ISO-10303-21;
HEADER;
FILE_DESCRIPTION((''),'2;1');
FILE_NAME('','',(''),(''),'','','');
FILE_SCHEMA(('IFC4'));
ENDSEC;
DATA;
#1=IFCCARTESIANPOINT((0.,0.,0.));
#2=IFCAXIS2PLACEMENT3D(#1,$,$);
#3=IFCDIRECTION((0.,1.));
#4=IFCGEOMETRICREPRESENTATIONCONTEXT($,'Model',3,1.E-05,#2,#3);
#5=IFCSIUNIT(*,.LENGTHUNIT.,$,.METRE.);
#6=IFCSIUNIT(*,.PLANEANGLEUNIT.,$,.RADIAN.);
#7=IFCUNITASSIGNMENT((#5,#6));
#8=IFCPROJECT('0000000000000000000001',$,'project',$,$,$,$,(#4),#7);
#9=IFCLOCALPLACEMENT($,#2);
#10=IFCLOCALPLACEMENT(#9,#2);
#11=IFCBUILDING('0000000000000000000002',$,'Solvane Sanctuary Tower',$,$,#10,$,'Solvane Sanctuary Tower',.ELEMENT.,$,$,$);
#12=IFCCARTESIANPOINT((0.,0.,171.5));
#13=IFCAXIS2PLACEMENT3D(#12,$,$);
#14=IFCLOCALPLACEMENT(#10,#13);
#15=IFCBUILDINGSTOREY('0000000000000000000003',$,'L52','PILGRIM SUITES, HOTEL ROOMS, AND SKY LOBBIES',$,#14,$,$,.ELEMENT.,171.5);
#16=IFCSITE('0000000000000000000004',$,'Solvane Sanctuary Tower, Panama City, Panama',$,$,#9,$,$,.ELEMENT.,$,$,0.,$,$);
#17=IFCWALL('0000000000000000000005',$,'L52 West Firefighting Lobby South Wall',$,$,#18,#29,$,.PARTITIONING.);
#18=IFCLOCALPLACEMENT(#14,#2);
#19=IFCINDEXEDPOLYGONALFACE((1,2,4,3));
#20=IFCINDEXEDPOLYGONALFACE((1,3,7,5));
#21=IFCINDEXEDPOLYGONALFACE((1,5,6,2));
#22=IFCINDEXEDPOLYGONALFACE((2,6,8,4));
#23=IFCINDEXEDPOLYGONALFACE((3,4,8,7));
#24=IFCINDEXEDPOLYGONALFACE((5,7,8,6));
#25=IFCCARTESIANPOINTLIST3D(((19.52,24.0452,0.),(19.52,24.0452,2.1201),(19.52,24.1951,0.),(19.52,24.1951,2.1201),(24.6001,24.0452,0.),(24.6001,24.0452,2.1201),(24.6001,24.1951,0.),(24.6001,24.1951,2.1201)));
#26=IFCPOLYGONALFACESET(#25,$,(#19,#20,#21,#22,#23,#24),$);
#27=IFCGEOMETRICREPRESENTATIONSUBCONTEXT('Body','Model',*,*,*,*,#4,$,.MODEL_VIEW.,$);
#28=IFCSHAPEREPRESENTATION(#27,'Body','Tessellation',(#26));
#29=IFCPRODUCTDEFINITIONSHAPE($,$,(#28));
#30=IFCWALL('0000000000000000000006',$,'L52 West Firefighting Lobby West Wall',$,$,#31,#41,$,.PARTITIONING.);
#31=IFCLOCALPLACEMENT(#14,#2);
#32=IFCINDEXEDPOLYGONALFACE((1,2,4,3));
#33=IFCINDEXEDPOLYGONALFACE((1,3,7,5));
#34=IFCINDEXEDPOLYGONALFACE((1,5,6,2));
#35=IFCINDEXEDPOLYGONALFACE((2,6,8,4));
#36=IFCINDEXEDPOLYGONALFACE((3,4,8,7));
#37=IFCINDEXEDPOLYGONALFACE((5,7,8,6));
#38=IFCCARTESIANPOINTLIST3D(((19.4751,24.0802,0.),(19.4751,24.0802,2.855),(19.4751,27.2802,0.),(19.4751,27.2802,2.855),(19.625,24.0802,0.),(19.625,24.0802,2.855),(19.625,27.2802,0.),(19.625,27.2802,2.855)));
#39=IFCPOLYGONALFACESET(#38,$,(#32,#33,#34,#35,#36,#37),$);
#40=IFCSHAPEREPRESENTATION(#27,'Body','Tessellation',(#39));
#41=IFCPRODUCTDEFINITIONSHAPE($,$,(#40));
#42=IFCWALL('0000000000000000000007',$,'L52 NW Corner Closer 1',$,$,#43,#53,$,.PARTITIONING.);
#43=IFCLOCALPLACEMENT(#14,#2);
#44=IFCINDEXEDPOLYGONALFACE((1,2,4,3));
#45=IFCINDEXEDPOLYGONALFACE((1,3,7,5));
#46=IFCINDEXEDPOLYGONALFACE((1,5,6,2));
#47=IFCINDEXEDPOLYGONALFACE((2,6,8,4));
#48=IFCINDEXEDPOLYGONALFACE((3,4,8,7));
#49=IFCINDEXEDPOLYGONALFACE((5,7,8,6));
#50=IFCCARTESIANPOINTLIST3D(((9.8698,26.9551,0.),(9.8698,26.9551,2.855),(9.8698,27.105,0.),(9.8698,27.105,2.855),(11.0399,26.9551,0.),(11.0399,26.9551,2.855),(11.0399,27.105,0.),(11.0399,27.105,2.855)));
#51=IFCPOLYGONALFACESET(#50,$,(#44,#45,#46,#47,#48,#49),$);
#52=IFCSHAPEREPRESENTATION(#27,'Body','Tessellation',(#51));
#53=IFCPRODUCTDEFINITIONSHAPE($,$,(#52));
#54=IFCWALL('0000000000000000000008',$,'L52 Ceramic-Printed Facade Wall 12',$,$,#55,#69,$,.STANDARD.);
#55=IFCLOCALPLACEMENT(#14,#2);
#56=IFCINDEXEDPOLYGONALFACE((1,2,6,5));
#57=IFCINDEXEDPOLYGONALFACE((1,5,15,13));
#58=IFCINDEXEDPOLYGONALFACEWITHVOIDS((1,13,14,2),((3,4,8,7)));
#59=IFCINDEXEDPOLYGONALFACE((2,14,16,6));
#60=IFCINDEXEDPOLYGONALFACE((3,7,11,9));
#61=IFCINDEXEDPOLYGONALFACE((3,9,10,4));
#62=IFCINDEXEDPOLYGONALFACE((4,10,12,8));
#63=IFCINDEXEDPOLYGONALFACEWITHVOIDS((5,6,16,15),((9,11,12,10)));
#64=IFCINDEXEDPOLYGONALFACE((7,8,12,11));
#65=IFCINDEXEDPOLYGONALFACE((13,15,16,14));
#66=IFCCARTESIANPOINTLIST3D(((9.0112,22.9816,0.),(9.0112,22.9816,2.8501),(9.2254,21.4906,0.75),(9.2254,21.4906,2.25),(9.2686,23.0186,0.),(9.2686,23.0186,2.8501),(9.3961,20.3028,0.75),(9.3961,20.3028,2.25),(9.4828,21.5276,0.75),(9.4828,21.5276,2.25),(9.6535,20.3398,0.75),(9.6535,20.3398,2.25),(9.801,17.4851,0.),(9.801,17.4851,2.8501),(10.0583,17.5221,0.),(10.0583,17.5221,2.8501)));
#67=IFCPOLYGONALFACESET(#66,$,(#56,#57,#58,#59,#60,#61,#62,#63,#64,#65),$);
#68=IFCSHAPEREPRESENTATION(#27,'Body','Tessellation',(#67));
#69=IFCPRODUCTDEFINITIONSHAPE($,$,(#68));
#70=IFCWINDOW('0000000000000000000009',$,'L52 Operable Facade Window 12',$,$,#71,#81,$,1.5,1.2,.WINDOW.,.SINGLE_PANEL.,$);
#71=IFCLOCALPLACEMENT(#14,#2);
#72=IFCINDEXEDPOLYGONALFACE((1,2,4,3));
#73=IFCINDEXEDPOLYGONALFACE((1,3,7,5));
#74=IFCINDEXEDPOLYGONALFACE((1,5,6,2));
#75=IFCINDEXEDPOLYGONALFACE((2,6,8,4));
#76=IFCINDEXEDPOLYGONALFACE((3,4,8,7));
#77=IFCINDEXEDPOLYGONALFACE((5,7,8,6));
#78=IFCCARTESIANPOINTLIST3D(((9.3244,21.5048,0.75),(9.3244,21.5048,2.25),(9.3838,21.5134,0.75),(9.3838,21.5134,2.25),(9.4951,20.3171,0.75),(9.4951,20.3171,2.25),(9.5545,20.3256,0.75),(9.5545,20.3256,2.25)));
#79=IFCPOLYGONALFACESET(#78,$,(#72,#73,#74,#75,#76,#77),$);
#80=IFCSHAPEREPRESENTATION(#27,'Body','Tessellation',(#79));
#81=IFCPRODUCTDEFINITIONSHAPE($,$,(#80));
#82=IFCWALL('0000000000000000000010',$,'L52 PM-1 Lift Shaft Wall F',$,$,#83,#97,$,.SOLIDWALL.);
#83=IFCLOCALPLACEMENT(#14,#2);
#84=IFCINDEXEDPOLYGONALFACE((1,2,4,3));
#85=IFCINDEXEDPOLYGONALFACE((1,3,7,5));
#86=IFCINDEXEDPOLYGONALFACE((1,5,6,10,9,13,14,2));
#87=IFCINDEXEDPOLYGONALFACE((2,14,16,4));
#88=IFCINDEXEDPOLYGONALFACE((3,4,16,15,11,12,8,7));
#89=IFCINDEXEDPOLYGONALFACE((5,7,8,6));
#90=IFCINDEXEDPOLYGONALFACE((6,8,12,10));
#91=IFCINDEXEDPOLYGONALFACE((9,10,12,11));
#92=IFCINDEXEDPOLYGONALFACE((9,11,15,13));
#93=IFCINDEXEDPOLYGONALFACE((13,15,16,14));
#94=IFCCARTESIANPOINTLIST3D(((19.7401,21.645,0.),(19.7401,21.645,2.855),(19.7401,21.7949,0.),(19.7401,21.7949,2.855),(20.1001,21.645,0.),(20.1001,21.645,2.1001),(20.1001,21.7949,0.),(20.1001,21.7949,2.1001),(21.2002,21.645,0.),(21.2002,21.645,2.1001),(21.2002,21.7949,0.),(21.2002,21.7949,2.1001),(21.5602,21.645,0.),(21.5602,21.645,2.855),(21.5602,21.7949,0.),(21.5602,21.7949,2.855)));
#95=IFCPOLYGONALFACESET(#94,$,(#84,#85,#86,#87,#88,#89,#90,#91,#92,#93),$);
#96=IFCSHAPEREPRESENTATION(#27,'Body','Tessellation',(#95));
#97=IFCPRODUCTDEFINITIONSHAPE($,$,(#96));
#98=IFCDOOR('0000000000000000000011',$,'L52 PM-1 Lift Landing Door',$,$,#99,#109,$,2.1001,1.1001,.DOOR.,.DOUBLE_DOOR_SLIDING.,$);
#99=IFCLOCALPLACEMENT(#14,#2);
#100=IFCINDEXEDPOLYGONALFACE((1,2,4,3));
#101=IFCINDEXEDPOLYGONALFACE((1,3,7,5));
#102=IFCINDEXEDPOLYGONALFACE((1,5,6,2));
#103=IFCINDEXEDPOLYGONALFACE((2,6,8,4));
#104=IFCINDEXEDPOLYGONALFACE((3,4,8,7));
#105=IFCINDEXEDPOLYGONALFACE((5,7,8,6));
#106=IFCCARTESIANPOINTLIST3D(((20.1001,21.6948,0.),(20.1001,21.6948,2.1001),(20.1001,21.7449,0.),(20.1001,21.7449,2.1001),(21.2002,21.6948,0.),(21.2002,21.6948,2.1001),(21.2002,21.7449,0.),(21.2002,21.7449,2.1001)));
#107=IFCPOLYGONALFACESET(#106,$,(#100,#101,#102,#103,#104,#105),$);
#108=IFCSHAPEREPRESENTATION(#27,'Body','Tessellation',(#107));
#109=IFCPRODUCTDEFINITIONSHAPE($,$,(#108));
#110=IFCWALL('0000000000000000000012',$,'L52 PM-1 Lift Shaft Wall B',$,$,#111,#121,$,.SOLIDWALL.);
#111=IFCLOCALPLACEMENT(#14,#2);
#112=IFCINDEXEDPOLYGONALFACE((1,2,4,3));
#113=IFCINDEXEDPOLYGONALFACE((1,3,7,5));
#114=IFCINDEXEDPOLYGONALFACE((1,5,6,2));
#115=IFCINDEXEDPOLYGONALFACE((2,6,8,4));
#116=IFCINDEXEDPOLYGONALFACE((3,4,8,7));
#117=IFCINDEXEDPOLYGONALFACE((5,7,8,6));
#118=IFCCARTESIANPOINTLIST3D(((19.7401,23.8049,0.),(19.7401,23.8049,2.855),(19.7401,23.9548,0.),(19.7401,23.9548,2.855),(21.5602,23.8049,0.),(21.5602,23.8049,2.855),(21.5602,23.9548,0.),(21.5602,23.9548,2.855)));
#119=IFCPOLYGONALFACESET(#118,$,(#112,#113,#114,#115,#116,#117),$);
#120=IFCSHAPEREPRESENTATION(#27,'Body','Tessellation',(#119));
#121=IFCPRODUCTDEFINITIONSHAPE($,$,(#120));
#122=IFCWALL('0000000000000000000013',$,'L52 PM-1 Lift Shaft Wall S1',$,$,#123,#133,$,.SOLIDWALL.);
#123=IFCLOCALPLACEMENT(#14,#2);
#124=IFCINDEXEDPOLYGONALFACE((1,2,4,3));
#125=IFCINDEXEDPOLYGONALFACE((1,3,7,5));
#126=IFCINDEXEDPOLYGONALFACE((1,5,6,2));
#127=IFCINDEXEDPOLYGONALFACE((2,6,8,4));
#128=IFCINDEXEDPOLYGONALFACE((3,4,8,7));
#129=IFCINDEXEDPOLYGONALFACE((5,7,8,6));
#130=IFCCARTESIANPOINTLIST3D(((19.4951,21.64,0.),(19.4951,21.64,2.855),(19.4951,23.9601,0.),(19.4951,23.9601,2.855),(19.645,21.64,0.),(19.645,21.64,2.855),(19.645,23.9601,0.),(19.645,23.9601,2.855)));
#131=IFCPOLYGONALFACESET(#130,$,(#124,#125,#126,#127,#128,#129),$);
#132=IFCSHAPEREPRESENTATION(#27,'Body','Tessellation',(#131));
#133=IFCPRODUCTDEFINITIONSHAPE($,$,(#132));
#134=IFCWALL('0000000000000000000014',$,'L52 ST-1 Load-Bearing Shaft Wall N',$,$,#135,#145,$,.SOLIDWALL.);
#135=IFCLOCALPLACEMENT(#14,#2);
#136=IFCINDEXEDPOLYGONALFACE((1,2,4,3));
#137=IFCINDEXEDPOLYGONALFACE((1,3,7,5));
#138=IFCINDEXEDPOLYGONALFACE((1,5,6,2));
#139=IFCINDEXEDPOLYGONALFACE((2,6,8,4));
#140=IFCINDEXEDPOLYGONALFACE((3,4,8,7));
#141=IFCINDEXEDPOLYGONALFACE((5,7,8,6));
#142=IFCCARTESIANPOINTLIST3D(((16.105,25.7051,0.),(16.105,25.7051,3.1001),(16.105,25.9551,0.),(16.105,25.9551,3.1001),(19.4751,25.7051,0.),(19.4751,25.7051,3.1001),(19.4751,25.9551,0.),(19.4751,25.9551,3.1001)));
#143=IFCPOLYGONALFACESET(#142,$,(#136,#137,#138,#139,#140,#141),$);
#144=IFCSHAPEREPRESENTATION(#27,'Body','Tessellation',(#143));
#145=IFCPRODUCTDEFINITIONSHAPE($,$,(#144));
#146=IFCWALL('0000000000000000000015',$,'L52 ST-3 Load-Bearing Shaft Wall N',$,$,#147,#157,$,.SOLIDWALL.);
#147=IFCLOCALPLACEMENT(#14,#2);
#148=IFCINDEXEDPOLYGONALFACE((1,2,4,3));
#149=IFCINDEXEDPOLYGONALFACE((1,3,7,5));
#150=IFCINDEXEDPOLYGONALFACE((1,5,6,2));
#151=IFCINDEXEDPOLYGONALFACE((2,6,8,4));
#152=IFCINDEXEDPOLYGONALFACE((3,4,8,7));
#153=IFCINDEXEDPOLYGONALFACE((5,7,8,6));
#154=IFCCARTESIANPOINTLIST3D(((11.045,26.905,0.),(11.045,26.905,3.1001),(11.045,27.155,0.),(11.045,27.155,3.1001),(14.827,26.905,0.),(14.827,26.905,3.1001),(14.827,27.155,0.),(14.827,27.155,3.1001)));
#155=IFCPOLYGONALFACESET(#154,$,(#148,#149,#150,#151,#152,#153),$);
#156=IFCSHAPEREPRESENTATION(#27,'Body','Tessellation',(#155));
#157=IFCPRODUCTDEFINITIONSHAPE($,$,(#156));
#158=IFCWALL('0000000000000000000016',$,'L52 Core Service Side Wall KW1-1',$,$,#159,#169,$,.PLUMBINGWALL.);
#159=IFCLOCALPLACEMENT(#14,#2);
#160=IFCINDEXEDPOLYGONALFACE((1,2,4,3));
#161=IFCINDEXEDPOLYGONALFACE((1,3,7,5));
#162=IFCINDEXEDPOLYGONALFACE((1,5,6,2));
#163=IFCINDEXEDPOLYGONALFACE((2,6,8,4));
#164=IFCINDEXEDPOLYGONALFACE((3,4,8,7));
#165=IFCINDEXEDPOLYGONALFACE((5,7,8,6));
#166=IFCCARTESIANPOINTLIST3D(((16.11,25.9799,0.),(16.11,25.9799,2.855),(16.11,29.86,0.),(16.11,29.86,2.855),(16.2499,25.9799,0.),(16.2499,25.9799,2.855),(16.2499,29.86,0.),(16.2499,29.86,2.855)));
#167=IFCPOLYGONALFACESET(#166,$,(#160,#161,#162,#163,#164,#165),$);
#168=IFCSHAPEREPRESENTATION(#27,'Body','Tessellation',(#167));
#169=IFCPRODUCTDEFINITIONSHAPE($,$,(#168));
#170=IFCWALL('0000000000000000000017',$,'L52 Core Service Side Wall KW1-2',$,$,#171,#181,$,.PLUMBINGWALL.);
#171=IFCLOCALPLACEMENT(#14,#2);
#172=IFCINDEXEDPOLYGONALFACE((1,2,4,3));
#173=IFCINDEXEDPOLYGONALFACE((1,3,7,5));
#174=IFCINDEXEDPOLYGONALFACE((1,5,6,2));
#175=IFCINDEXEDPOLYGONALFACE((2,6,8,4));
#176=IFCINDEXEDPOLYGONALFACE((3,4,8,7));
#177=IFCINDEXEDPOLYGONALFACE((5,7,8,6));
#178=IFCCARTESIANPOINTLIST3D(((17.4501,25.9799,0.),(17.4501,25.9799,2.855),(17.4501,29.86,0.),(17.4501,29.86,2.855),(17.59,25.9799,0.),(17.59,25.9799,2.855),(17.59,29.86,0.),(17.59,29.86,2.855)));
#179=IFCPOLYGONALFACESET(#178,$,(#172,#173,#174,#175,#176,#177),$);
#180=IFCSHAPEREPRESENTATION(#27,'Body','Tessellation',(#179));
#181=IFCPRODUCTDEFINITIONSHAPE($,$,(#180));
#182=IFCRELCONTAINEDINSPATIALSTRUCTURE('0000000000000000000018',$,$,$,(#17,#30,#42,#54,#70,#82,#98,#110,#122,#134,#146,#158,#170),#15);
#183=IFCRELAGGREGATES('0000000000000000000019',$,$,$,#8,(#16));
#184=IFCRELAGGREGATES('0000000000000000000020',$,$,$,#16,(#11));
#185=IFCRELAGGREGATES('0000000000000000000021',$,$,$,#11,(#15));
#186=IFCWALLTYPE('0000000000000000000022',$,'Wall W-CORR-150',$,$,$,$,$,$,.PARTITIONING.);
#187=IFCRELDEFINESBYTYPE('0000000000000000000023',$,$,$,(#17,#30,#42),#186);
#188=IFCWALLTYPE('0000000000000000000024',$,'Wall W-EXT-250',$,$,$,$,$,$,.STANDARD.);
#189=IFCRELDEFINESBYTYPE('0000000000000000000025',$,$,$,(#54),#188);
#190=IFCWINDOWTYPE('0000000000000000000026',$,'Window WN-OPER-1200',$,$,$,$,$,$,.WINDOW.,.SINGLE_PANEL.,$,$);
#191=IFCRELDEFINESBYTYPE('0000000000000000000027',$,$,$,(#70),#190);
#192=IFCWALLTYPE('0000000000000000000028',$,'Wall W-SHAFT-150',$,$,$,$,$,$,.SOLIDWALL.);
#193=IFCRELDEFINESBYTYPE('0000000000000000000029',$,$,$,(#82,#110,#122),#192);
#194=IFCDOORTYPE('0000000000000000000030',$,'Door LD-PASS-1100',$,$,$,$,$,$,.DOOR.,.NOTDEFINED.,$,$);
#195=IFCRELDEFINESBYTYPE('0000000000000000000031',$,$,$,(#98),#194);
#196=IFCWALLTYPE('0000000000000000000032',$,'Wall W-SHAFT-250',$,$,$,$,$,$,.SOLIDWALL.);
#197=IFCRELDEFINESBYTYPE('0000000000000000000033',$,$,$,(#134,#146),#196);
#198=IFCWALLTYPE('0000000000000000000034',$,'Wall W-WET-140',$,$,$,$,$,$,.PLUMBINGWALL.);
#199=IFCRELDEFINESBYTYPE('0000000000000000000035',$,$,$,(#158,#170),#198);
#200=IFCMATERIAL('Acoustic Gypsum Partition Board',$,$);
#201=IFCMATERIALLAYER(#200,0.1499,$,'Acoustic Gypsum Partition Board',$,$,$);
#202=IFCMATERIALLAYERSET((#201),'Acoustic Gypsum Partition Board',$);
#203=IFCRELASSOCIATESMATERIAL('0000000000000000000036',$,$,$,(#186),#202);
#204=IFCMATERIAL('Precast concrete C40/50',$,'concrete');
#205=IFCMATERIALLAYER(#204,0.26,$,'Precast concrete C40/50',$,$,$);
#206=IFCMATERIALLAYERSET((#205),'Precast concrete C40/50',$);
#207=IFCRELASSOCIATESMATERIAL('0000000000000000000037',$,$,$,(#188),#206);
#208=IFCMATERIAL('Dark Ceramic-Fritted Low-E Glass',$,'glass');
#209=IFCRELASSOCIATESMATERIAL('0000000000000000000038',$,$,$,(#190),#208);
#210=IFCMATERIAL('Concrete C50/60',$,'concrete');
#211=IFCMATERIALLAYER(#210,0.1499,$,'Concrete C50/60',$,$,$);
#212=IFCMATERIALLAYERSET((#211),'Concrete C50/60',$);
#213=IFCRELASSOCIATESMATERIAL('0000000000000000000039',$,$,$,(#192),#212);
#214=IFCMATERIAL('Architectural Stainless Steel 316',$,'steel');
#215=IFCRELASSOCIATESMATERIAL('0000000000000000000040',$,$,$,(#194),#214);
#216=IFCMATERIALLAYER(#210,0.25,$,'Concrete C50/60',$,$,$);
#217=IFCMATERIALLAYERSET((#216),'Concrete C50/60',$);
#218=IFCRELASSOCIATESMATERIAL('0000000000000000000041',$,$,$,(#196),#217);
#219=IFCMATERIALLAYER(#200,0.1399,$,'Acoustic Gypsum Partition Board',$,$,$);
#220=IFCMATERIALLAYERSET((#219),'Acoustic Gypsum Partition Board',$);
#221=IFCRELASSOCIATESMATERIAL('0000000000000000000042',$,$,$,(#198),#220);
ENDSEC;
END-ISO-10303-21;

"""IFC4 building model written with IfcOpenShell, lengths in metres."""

from ifc_helpers import new_model, si_unit, direction, frame, frame_2d, origin, place, context, subcontext, project, spatial, rectangle, extrude, material, layer, layer_set, type_object, element, fill, save


model = new_model("IFC4")

# Units and contexts
model_context = context("Model", 3, precision=1e-05, world=origin(), true_north=direction((0.0, 1.0)))
body_context = subcontext(model_context, "Body", "Model", "MODEL_VIEW")
ifc_project = project(units=[si_unit("LENGTHUNIT", "METRE"), si_unit("PLANEANGLEUNIT", "RADIAN")], contexts=[model_context])

# Site, building, storey
site_placement = place(None, origin())
site = spatial("IfcSite", under=ifc_project, at=site_placement, Name="Solvane Sanctuary Tower, Panama City, Panama", CompositionType="ELEMENT", RefElevation=0.0)
building_placement = place(site_placement, origin())
building = spatial("IfcBuilding", under=site, at=building_placement, Name="Solvane Sanctuary Tower", LongName="Solvane Sanctuary Tower", CompositionType="ELEMENT")
storey_placement = place(building_placement, frame((0.0, 0.0, 171.5)))
storey = spatial("IfcBuildingStorey", under=building, at=storey_placement, Name="L52", Description="PILGRIM SUITES, HOTEL ROOMS, AND SKY LOBBIES", CompositionType="ELEMENT", Elevation=171.5)

# Walls
ifc_material_1 = material(Name="Acoustic Gypsum Partition Board")
ifc_layer_1 = layer(ifc_material_1, 0.1499, Name="Acoustic Gypsum Partition Board")
ifc_layer_set_1 = layer_set([ifc_layer_1], Name="Acoustic Gypsum Partition Board")
wall_type_1 = type_object("IfcWallType", Name="Wall W-CORR-150", PredefinedType="PARTITIONING", material=ifc_layer_set_1)
wall_1_placement = place(storey_placement, frame((19.52, 24.1201, 0.0), z_axis=(0.0, 0.0, 1.0), x_axis=(1.0, 0.0, 0.0)))
element("IfcWall", 1, at=wall_1_placement, inside=storey, type_object=wall_type_1, Name="L52 West Firefighting Lobby South Wall", PredefinedType="PARTITIONING", context=body_context, shape_type="SweptSolid", body=[
    extrude(rectangle(XDim=5.0801, YDim=0.1499, at=frame_2d((2.54, 0.0))), origin(), (0.0, 0.0, 1.0), 2.1201),
])
wall_2_placement = place(storey_placement, frame((19.55, 24.0801, 0.0), z_axis=(0.0, 0.0, 1.0), x_axis=(0.0, 1.0, 0.0)))
element("IfcWall", 2, at=wall_2_placement, inside=storey, type_object=wall_type_1, Name="L52 West Firefighting Lobby West Wall", PredefinedType="PARTITIONING", context=body_context, shape_type="SweptSolid", body=[
    extrude(rectangle(XDim=3.2, YDim=0.1499, at=frame_2d((1.6001, 0.0))), origin(), (0.0, 0.0, 1.0), 2.855),
])
wall_3_placement = place(storey_placement, frame((9.8699, 27.03, 0.0), z_axis=(0.0, 0.0, 1.0), x_axis=(1.0, 0.0, 0.0)))
element("IfcWall", 3, at=wall_3_placement, inside=storey, type_object=wall_type_1, Name="L52 NW Corner Closer 1", PredefinedType="PARTITIONING", context=body_context, shape_type="SweptSolid", body=[
    extrude(rectangle(XDim=1.1702, YDim=0.1499, at=frame_2d((0.585, 0.0))), origin(), (0.0, 0.0, 1.0), 2.855),
])

# Wall, opening, window
ifc_material_2 = material(Name="Precast concrete C40/50", Category="concrete")
ifc_layer_2 = layer(ifc_material_2, 0.26, Name="Precast concrete C40/50")
ifc_layer_set_2 = layer_set([ifc_layer_2], Name="Precast concrete C40/50")
wall_type_2 = type_object("IfcWallType", Name="Wall W-EXT-250", PredefinedType="STANDARD", material=ifc_layer_set_2)
wall_4_placement = place(storey_placement, frame((9.1399, 23.0, 0.0), z_axis=(0.0, 0.0, 1.0), x_axis=(0.142228, -0.989834, 0.0)))
wall_4 = element("IfcWall", 4, at=wall_4_placement, inside=storey, type_object=wall_type_2, Name="L52 Ceramic-Printed Facade Wall 12", PredefinedType="STANDARD", context=body_context, shape_type="SweptSolid", body=[
    extrude(rectangle(XDim=5.553, YDim=0.26, at=frame_2d((2.7764, 0.0))), origin(), (0.0, 0.0, 1.0), 2.8501),
])
opening_1_placement = place(wall_4_placement, frame((1.5061, 0.0, 0.75)))
opening_1 = element("IfcOpeningElement", 5, at=opening_1_placement, cuts=wall_4, PredefinedType="OPENING", context=body_context, shape_type="SweptSolid", body=[
    extrude(rectangle(XDim=1.2, YDim=1.5, at=frame_2d((0.6001, 0.75))), frame((0.0, 0.1399, 0.0), z_axis=(0.0, -1.0, 0.0), x_axis=(1.0, 0.0, 0.0)), (0.0, 0.0, 1.0), 0.28),
])
ifc_material_3 = material(Name="Dark Ceramic-Fritted Low-E Glass", Category="glass")
window_type = type_object("IfcWindowType", Name="Window WN-OPER-1200", PartitioningType="SINGLE_PANEL", PredefinedType="WINDOW", material=ifc_material_3)
window_placement = place(opening_1_placement, origin())
window = element("IfcWindow", 6, at=window_placement, inside=storey, type_object=window_type, Name="L52 Operable Facade Window 12", OverallHeight=1.5, OverallWidth=1.2, PartitioningType="SINGLE_PANEL", PredefinedType="WINDOW", context=body_context, shape_type="SweptSolid", body=[
    extrude(rectangle(XDim=1.2, YDim=1.5, at=frame_2d((0.6001, 0.75))), frame((0.0, 0.03, 0.0), z_axis=(0.0, -1.0, 0.0), x_axis=(1.0, 0.0, 0.0)), (0.0, 0.0, 1.0), 0.0601),
])
fill(opening_1, window)

# Wall, opening, door
ifc_material_4 = material(Name="Concrete C50/60", Category="concrete")
ifc_layer_3 = layer(ifc_material_4, 0.1499, Name="Concrete C50/60")
ifc_layer_set_3 = layer_set([ifc_layer_3], Name="Concrete C50/60")
wall_type_3 = type_object("IfcWallType", Name="Wall W-SHAFT-150", PredefinedType="SOLIDWALL", material=ifc_layer_set_3)
wall_5_placement = place(storey_placement, frame((19.74, 21.72, 0.0), z_axis=(0.0, 0.0, 1.0), x_axis=(1.0, 0.0, 0.0)))
wall_5 = element("IfcWall", 7, at=wall_5_placement, inside=storey, type_object=wall_type_3, Name="L52 PM-1 Lift Shaft Wall F", PredefinedType="SOLIDWALL", context=body_context, shape_type="SweptSolid", body=[
    extrude(rectangle(XDim=1.8201, YDim=0.1499, at=frame_2d((0.9102, 0.0))), origin(), (0.0, 0.0, 1.0), 2.855),
])
opening_2_placement = place(wall_5_placement, frame((0.3601, 0.0, 0.0)))
opening_2 = element("IfcOpeningElement", 8, at=opening_2_placement, cuts=wall_5, PredefinedType="OPENING", context=body_context, shape_type="SweptSolid", body=[
    extrude(rectangle(XDim=1.1001, YDim=2.1001, at=frame_2d((0.55, 1.05))), frame((0.0, 0.085, 0.0), z_axis=(0.0, -1.0, 0.0), x_axis=(1.0, 0.0, 0.0)), (0.0, 0.0, 1.0), 0.1699),
])
ifc_material_5 = material(Name="Architectural Stainless Steel 316", Category="steel")
door_type = type_object("IfcDoorType", Name="Door LD-PASS-1100", OperationType="NOTDEFINED", PredefinedType="DOOR", material=ifc_material_5)
door_placement = place(opening_2_placement, origin())
door = element("IfcDoor", 9, at=door_placement, inside=storey, type_object=door_type, Name="L52 PM-1 Lift Landing Door", OperationType="DOUBLE_DOOR_SLIDING", OverallHeight=2.1001, OverallWidth=1.1001, PredefinedType="DOOR", context=body_context, shape_type="SweptSolid", body=[
    extrude(rectangle(XDim=1.1001, YDim=2.1001, at=frame_2d((0.55, 1.05))), frame((0.0, 0.0249, 0.0), z_axis=(0.0, -1.0, 0.0), x_axis=(1.0, 0.0, 0.0)), (0.0, 0.0, 1.0), 0.05),
])
fill(opening_2, door)

# Walls
wall_6_placement = place(storey_placement, frame((19.74, 23.8799, 0.0), z_axis=(0.0, 0.0, 1.0), x_axis=(1.0, 0.0, 0.0)))
element("IfcWall", 10, at=wall_6_placement, inside=storey, type_object=wall_type_3, Name="L52 PM-1 Lift Shaft Wall B", PredefinedType="SOLIDWALL", context=body_context, shape_type="SweptSolid", body=[
    extrude(rectangle(XDim=1.8201, YDim=0.1499, at=frame_2d((0.9102, 0.0))), origin(), (0.0, 0.0, 1.0), 2.855),
])
wall_7_placement = place(storey_placement, frame((19.5701, 21.6399, 0.0), z_axis=(0.0, 0.0, 1.0), x_axis=(0.0, 1.0, 0.0)))
element("IfcWall", 11, at=wall_7_placement, inside=storey, type_object=wall_type_3, Name="L52 PM-1 Lift Shaft Wall S1", PredefinedType="SOLIDWALL", context=body_context, shape_type="SweptSolid", body=[
    extrude(rectangle(XDim=2.3201, YDim=0.1499, at=frame_2d((1.1602, 0.0))), origin(), (0.0, 0.0, 1.0), 2.855),
])
ifc_layer_4 = layer(ifc_material_4, 0.25, Name="Concrete C50/60")
ifc_layer_set_4 = layer_set([ifc_layer_4], Name="Concrete C50/60")
wall_type_4 = type_object("IfcWallType", Name="Wall W-SHAFT-250", PredefinedType="SOLIDWALL", material=ifc_layer_set_4)
wall_8_placement = place(storey_placement, frame((16.105, 25.8301, 0.0), z_axis=(0.0, 0.0, 1.0), x_axis=(1.0, 0.0, 0.0)))
element("IfcWall", 12, at=wall_8_placement, inside=storey, type_object=wall_type_4, Name="L52 ST-1 Load-Bearing Shaft Wall N", PredefinedType="SOLIDWALL", context=body_context, shape_type="SweptSolid", body=[
    extrude(rectangle(XDim=3.3701, YDim=0.25, at=frame_2d((1.6851, 0.0))), origin(), (0.0, 0.0, 1.0), 3.1001),
])
wall_9_placement = place(storey_placement, frame((11.0449, 27.03, 0.0), z_axis=(0.0, 0.0, 1.0), x_axis=(1.0, 0.0, 0.0)))
element("IfcWall", 13, at=wall_9_placement, inside=storey, type_object=wall_type_4, Name="L52 ST-3 Load-Bearing Shaft Wall N", PredefinedType="SOLIDWALL", context=body_context, shape_type="SweptSolid", body=[
    extrude(rectangle(XDim=3.782, YDim=0.25, at=frame_2d((1.8911, 0.0))), origin(), (0.0, 0.0, 1.0), 3.1001),
])
ifc_layer_5 = layer(ifc_material_1, 0.1399, Name="Acoustic Gypsum Partition Board")
ifc_layer_set_5 = layer_set([ifc_layer_5], Name="Acoustic Gypsum Partition Board")
wall_type_5 = type_object("IfcWallType", Name="Wall W-WET-140", PredefinedType="PLUMBINGWALL", material=ifc_layer_set_5)
for number, where, z_axis, x_axis, name in (
    (14, (16.1799, 25.98, 0.0), (0.0, 0.0, 1.0), (0.0, 1.0, 0.0), "L52 Core Service Side Wall KW1-1"),
    (15, (17.52, 25.98, 0.0), (0.0, 0.0, 1.0), (0.0, 1.0, 0.0), "L52 Core Service Side Wall KW1-2"),
):
    element("IfcWall", number, at=place(storey_placement, frame(where, z_axis=z_axis, x_axis=x_axis)), inside=storey, type_object=wall_type_5, Name=name, PredefinedType="PLUMBINGWALL", context=body_context, shape_type="SweptSolid", body=[
        extrude(rectangle(XDim=3.8801, YDim=0.1399, at=frame_2d((1.9399, 0.0))), origin(), (0.0, 0.0, 1.0), 2.855),
    ])

save(model, "model.ifc")
